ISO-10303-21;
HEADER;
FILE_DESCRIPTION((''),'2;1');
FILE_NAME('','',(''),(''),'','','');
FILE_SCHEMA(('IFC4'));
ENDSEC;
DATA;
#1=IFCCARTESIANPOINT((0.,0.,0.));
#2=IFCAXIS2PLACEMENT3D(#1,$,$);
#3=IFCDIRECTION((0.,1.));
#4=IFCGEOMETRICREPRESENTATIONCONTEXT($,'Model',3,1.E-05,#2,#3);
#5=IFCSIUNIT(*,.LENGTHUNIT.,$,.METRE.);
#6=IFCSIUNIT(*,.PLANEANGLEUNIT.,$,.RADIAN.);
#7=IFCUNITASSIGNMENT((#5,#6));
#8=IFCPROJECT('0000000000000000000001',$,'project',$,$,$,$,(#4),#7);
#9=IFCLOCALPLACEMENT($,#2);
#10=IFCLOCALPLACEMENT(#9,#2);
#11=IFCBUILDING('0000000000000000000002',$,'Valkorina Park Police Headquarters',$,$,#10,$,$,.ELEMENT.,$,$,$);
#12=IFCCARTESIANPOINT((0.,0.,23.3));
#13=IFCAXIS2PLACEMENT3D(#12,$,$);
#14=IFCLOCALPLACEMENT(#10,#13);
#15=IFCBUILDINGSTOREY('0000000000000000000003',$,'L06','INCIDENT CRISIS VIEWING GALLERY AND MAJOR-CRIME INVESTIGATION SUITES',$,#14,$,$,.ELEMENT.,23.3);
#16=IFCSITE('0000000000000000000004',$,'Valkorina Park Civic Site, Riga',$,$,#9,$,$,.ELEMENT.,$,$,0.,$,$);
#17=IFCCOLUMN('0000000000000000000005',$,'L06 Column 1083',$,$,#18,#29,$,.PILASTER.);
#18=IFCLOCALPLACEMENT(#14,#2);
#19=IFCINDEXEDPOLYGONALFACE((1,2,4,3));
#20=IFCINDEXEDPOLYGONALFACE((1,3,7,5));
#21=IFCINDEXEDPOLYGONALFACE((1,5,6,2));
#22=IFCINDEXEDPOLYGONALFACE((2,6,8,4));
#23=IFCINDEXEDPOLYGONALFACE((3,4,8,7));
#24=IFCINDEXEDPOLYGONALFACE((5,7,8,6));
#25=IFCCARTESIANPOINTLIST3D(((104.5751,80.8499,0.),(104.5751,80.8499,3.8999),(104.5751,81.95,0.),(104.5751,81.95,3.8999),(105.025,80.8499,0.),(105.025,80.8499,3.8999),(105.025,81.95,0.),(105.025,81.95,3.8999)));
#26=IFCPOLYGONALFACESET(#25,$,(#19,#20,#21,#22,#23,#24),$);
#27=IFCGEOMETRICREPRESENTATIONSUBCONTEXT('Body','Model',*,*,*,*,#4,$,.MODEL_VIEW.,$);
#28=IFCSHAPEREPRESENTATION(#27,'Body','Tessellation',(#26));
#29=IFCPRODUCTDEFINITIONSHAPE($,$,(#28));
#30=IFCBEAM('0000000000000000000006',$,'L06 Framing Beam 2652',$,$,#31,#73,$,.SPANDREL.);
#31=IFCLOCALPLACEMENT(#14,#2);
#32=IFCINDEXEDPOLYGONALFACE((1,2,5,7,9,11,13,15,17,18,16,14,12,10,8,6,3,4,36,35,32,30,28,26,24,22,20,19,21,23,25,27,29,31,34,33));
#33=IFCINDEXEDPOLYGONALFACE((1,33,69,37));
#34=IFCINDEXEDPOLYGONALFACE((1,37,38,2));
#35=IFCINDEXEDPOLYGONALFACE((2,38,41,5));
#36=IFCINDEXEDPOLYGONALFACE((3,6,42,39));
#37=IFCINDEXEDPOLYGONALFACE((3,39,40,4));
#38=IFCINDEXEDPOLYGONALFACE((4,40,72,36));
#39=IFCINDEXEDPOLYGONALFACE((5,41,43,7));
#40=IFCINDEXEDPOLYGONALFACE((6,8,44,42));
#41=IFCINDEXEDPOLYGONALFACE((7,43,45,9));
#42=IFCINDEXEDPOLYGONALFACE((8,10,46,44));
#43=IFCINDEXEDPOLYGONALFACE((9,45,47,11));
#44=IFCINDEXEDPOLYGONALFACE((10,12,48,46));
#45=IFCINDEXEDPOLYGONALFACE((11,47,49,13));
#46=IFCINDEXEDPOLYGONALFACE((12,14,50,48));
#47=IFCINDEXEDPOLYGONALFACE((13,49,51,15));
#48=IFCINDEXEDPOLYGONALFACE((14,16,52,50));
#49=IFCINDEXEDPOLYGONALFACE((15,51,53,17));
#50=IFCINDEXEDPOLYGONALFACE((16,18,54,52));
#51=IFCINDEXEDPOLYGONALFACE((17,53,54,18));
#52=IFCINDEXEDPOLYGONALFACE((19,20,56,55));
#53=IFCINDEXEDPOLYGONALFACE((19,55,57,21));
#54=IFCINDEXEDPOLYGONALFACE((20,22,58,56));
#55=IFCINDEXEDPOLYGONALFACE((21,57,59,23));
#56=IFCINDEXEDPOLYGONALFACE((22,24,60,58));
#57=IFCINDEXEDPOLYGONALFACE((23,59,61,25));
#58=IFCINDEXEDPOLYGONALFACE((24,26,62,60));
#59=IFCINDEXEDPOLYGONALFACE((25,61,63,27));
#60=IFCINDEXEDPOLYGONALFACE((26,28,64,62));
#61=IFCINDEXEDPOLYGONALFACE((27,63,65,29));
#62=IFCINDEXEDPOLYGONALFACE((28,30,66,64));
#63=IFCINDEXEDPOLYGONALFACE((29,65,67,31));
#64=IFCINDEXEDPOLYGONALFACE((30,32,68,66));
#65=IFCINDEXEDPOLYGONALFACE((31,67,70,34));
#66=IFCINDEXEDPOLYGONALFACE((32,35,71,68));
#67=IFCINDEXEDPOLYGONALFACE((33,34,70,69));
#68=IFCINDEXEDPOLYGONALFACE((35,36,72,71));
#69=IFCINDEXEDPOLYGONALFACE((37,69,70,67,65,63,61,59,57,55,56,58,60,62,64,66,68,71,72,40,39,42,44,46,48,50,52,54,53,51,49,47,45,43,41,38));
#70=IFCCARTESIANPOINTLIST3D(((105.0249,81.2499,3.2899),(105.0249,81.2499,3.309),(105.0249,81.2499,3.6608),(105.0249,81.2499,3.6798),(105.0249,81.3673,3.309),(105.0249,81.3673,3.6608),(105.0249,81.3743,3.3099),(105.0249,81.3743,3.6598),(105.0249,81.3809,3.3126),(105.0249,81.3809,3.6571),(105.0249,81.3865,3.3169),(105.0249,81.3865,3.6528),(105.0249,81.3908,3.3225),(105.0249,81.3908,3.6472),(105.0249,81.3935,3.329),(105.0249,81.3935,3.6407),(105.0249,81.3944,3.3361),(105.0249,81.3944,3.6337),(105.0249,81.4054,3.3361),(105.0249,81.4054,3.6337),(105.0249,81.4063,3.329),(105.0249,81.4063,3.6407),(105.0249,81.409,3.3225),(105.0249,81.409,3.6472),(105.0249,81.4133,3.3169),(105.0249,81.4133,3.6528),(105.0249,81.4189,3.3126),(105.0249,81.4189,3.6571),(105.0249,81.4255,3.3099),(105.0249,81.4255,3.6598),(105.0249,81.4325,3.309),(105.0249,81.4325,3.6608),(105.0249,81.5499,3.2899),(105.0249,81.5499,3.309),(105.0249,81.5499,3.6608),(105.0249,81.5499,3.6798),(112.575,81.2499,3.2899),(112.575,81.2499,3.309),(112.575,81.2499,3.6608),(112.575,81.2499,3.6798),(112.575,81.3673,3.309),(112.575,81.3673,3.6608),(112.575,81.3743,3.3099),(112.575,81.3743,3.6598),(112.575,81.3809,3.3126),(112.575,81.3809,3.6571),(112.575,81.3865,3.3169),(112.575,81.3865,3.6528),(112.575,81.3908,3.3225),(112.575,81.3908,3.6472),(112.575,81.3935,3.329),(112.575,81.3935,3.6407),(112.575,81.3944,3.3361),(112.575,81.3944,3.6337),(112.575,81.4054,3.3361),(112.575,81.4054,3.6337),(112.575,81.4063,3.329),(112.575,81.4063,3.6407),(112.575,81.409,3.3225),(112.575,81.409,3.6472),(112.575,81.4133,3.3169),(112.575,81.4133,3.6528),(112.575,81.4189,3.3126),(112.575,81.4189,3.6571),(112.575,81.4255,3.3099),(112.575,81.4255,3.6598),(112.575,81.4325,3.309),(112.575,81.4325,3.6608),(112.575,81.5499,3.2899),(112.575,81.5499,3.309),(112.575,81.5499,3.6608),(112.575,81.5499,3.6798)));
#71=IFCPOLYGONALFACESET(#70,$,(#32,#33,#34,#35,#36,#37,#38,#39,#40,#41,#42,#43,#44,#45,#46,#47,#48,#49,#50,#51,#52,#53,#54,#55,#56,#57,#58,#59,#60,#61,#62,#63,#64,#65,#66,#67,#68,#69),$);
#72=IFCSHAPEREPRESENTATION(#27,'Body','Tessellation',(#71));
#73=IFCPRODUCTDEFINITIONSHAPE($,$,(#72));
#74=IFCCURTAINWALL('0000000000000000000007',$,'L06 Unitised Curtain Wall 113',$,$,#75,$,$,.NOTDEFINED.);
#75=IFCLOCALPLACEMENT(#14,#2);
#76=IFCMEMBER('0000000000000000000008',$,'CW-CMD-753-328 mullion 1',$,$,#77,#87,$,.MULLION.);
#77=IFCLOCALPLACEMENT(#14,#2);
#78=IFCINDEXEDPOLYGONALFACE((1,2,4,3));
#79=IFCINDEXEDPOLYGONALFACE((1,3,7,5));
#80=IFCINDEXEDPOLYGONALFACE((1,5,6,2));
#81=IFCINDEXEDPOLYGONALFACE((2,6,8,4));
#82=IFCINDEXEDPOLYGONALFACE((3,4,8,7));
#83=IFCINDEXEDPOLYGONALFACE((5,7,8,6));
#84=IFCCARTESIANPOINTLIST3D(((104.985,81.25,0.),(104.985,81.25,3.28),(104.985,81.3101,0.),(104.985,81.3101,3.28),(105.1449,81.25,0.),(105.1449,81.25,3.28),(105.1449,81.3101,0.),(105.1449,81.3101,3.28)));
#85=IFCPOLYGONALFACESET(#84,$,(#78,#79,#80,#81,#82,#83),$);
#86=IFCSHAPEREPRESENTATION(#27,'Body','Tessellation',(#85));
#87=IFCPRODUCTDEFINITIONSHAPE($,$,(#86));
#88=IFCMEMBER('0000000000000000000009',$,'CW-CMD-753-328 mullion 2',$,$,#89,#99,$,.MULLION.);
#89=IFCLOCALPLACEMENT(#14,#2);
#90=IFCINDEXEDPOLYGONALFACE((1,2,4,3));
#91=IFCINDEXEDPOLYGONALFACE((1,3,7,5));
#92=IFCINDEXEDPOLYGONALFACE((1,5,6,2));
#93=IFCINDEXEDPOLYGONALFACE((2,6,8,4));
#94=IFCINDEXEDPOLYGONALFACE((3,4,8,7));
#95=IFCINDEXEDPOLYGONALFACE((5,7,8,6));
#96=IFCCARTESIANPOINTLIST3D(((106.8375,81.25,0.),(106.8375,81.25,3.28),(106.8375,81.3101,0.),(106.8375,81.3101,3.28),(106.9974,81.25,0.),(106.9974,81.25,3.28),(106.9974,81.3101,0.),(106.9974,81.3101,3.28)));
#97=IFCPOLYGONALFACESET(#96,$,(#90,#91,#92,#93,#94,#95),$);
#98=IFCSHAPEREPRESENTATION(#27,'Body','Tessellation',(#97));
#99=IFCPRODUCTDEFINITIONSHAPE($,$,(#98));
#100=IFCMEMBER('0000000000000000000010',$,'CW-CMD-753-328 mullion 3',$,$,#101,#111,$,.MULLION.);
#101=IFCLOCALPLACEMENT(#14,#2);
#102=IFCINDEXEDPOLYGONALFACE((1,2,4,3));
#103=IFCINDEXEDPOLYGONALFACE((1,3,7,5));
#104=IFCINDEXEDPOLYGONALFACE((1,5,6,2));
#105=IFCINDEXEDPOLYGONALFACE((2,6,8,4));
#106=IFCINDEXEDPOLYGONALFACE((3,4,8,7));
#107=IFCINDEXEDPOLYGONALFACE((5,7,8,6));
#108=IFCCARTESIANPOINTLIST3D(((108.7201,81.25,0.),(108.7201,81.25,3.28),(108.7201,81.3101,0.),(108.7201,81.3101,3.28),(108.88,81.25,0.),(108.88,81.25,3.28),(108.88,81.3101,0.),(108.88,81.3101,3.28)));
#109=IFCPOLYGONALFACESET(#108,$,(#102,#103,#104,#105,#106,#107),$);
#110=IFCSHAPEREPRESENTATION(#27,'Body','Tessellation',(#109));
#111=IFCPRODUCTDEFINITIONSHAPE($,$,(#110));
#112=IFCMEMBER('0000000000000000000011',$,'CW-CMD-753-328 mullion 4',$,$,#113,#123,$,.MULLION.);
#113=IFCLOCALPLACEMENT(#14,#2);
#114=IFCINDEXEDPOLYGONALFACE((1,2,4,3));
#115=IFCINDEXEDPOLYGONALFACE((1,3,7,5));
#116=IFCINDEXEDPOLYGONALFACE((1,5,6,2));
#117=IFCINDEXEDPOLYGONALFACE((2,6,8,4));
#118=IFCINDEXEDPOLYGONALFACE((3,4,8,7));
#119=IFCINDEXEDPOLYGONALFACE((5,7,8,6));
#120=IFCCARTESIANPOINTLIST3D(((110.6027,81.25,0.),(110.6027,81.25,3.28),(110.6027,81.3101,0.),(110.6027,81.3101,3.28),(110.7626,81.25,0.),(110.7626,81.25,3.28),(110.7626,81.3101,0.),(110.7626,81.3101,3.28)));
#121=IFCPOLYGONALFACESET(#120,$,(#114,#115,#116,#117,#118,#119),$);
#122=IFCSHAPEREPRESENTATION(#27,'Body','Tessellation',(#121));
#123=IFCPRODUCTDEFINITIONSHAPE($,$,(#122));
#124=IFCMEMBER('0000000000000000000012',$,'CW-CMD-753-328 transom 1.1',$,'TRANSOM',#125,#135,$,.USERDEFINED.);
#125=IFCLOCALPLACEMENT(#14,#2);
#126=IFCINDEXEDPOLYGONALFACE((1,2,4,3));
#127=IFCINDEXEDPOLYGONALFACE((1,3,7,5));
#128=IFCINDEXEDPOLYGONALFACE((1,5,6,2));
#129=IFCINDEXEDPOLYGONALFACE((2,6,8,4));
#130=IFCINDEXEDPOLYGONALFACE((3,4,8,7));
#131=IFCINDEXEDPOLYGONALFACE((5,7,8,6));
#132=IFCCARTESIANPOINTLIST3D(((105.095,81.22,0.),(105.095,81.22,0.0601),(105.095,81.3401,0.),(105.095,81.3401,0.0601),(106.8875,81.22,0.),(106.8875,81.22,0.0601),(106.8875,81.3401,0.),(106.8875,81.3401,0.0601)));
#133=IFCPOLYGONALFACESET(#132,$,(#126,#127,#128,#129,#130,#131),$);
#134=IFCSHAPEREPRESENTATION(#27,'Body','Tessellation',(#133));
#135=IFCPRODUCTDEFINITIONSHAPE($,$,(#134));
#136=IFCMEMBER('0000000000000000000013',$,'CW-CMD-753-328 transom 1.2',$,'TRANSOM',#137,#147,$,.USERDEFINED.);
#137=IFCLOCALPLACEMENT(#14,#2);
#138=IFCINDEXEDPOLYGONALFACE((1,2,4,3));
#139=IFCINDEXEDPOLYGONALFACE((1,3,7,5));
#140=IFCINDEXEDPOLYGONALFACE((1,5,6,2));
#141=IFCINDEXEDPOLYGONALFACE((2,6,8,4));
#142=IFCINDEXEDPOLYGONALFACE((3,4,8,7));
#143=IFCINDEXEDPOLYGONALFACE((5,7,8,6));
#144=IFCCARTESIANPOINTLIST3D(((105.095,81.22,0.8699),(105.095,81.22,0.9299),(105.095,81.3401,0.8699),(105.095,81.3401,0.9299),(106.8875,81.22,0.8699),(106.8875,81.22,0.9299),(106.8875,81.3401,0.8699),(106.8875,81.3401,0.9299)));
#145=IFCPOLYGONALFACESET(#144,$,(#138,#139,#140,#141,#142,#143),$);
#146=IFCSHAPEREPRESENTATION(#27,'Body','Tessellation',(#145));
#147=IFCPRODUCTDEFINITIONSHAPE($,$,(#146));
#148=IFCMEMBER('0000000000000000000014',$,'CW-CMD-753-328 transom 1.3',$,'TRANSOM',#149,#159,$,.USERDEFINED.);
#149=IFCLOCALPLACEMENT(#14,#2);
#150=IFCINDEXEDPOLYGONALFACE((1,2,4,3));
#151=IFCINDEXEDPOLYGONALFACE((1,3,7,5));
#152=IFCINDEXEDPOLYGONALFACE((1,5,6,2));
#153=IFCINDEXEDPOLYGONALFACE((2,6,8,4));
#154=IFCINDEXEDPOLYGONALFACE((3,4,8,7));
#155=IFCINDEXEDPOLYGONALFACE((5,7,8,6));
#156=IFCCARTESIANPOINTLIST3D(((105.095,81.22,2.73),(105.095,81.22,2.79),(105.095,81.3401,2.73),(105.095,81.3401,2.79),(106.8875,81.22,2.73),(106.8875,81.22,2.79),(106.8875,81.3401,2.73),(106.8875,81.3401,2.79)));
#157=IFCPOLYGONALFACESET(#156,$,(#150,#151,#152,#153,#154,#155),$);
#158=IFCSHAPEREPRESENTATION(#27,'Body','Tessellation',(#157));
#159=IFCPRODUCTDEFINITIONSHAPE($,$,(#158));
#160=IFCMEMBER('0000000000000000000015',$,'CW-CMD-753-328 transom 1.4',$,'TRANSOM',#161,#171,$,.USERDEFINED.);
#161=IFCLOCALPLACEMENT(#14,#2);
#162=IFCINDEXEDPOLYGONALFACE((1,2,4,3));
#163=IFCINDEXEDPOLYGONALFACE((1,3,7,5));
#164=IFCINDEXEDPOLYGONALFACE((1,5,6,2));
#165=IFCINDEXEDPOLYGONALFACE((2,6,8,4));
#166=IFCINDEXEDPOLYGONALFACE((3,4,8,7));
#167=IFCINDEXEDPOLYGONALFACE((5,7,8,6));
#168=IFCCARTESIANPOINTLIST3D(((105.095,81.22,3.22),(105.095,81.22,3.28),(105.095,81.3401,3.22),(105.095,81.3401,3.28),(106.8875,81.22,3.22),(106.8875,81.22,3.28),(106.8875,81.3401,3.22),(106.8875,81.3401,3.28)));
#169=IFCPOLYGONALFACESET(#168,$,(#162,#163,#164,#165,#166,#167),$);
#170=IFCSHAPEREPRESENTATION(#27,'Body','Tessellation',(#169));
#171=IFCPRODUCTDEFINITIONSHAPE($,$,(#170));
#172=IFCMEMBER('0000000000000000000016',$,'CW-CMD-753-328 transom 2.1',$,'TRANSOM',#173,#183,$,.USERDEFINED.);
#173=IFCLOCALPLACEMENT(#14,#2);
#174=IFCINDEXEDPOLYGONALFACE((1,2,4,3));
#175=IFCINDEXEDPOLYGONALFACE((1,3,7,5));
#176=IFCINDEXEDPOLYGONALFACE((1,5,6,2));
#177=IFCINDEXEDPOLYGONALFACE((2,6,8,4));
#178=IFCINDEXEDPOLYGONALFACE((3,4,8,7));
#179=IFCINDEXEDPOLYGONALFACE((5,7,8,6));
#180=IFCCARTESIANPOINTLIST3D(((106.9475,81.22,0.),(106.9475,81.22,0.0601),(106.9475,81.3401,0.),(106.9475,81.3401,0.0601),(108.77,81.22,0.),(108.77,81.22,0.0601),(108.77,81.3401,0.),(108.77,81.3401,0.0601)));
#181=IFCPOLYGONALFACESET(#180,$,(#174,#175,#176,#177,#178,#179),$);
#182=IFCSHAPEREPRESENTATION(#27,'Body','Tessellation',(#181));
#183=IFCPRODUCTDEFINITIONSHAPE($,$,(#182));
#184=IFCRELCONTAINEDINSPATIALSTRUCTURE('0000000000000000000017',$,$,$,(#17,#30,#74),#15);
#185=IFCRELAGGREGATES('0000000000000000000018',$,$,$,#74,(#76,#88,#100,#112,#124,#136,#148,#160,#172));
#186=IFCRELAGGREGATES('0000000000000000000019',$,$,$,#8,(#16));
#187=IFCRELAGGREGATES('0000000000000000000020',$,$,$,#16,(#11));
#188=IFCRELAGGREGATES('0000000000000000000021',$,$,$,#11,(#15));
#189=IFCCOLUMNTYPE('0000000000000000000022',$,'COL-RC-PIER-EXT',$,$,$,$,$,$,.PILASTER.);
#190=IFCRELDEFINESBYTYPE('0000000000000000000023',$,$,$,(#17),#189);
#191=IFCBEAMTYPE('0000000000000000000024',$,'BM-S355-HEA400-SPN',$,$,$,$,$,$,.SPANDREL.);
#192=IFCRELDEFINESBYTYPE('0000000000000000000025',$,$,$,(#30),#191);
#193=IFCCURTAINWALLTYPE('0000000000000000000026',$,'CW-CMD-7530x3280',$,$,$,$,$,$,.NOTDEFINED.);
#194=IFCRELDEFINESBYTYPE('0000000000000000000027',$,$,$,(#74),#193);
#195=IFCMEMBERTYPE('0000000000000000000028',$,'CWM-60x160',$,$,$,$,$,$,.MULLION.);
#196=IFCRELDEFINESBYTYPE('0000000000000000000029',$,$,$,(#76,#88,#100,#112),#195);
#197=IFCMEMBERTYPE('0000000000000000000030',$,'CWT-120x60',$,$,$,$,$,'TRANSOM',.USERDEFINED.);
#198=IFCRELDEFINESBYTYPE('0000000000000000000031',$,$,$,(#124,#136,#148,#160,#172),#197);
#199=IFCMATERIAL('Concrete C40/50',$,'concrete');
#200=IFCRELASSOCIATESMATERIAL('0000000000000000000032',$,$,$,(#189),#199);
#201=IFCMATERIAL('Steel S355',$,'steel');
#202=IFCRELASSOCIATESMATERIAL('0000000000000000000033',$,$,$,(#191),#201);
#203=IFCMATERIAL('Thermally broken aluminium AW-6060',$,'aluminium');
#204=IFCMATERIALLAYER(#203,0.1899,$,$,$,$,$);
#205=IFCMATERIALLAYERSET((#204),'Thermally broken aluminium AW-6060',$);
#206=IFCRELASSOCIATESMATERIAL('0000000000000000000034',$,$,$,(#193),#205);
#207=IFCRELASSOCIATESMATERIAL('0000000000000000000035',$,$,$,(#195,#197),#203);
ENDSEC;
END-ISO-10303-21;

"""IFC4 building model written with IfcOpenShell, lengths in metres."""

from ifc_helpers import new_model, si_unit, direction, frame, origin, origin_2d, place, context, subcontext, project, spatial, rectangle, i_section, extrude, material, layer, layer_set, material_profile, profile_set, type_object, element, aggregate, save


model = new_model("IFC4")

# Units and contexts
model_context = context("Model", 3, precision=1e-05, world=origin(), true_north=direction((0.0, 1.0)))
body_context = subcontext(model_context, "Body", "Model", "MODEL_VIEW")
ifc_project = project(units=[si_unit("LENGTHUNIT", "METRE"), si_unit("PLANEANGLEUNIT", "RADIAN")], contexts=[model_context])

# Site, building, storey
site_placement = place(None, origin())
site = spatial("IfcSite", under=ifc_project, at=site_placement, Name="Valkorina Park Civic Site, Riga", CompositionType="ELEMENT", RefElevation=0.0)
building_placement = place(site_placement, origin())
building = spatial("IfcBuilding", under=site, at=building_placement, Name="Valkorina Park Police Headquarters", CompositionType="ELEMENT")
storey_placement = place(building_placement, frame((0.0, 0.0, 23.3)))
storey = spatial("IfcBuildingStorey", under=building, at=storey_placement, Name="L06", Description="INCIDENT CRISIS VIEWING GALLERY AND MAJOR-CRIME INVESTIGATION SUITES", CompositionType="ELEMENT", Elevation=23.3)

# Column
ifc_material_1 = material(Name="Concrete C40/50", Category="concrete")
ifc_material_profile_1 = material_profile(ifc_material_1, rectangle(XDim=0.45, YDim=1.1001, at=origin_2d()), Name="RC PIER 450x1100")
ifc_profile_set_1 = profile_set([ifc_material_profile_1], Name="Concrete C40/50")
column_type = type_object("IfcColumnType", Name="COL-RC-PIER-EXT", PredefinedType="PILASTER", material=ifc_profile_set_1)
column_placement = place(storey_placement, frame((104.8, 81.3999, 0.0), z_axis=(0.0, 0.0, 1.0), x_axis=(1.0, 0.0, 0.0)))
element("IfcColumn", 1, at=column_placement, inside=storey, type_object=column_type, Name="L06 Column 1083", PredefinedType="PILASTER", context=body_context, shape_type="SweptSolid", body=[
    extrude(rectangle(XDim=0.45, YDim=1.1001, at=origin_2d()), origin(), (0.0, 0.0, 1.0), 3.8999),
])

# Beam
ifc_material_2 = material(Name="Steel S355", Category="steel")
ifc_material_profile_2 = material_profile(ifc_material_2, i_section(OverallWidth=0.3, OverallDepth=0.3899, WebThickness=0.011, FlangeThickness=0.019, FilletRadius=0.0271, at=origin_2d()), Name="HEA 400")
ifc_profile_set_2 = profile_set([ifc_material_profile_2], Name="Steel S355")
beam_type = type_object("IfcBeamType", Name="BM-S355-HEA400-SPN", PredefinedType="SPANDREL", material=ifc_profile_set_2)
beam_placement = place(storey_placement, frame((105.0249, 81.3999, 3.4849), z_axis=(1.0, 0.0, 0.0), x_axis=(0.0, 1.0, 0.0)))
element("IfcBeam", 2, at=beam_placement, inside=storey, type_object=beam_type, Name="L06 Framing Beam 2652", PredefinedType="SPANDREL", context=body_context, shape_type="SweptSolid", body=[
    extrude(i_section(OverallWidth=0.3, OverallDepth=0.3899, WebThickness=0.011, FlangeThickness=0.019, FilletRadius=0.0271, at=origin_2d()), origin(), (0.0, 0.0, 1.0), 7.55),
])

# Curtain wall, members
ifc_material_3 = material(Name="Thermally broken aluminium AW-6060", Category="aluminium")
ifc_layer_1 = layer(ifc_material_3, 0.1899)
ifc_layer_set_1 = layer_set([ifc_layer_1], Name="Thermally broken aluminium AW-6060")
curtain_wall_type = type_object("IfcCurtainWallType", Name="CW-CMD-7530x3280", PredefinedType="NOTDEFINED", material=ifc_layer_set_1)
curtain_wall_placement = place(storey_placement, origin())
curtain_wall = element("IfcCurtainWall", 3, at=curtain_wall_placement, inside=storey, type_object=curtain_wall_type, Name="L06 Unitised Curtain Wall 113", PredefinedType="NOTDEFINED")
ifc_material_profile_3 = material_profile(ifc_material_3, rectangle(XDim=0.0601, YDim=0.1599, at=origin_2d()), Name="CWM-01 60x160")
ifc_profile_set_3 = profile_set([ifc_material_profile_3], Name="Thermally broken aluminium AW-6060")
member_type_1 = type_object("IfcMemberType", Name="CWM-60x160", PredefinedType="MULLION", material=ifc_profile_set_3)
member_1_placement = place(storey_placement, frame((105.0649, 81.28, 0.0), z_axis=(0.0, 0.0, 1.0), x_axis=(0.0, 1.0, 0.0)))
member_1 = element("IfcMember", 4, at=member_1_placement, type_object=member_type_1, Name="CW-CMD-753-328 mullion 1", PredefinedType="MULLION", context=body_context, shape_type="SweptSolid", body=[
    extrude(rectangle(XDim=0.0601, YDim=0.1599, at=origin_2d()), origin(), (0.0, 0.0, 1.0), 3.28),
])
member_2_placement = place(storey_placement, frame((106.9175, 81.28, 0.0), z_axis=(0.0, 0.0, 1.0), x_axis=(0.0, 1.0, 0.0)))
member_2 = element("IfcMember", 5, at=member_2_placement, type_object=member_type_1, Name="CW-CMD-753-328 mullion 2", PredefinedType="MULLION", context=body_context, shape_type="SweptSolid", body=[
    extrude(rectangle(XDim=0.0601, YDim=0.1599, at=origin_2d()), origin(), (0.0, 0.0, 1.0), 3.28),
])
member_3_placement = place(storey_placement, frame((108.8, 81.28, 0.0), z_axis=(0.0, 0.0, 1.0), x_axis=(0.0, 1.0, 0.0)))
member_3 = element("IfcMember", 6, at=member_3_placement, type_object=member_type_1, Name="CW-CMD-753-328 mullion 3", PredefinedType="MULLION", context=body_context, shape_type="SweptSolid", body=[
    extrude(rectangle(XDim=0.0601, YDim=0.1599, at=origin_2d()), origin(), (0.0, 0.0, 1.0), 3.28),
])
member_4_placement = place(storey_placement, frame((110.6826, 81.28, 0.0), z_axis=(0.0, 0.0, 1.0), x_axis=(0.0, 1.0, 0.0)))
member_4 = element("IfcMember", 7, at=member_4_placement, type_object=member_type_1, Name="CW-CMD-753-328 mullion 4", PredefinedType="MULLION", context=body_context, shape_type="SweptSolid", body=[
    extrude(rectangle(XDim=0.0601, YDim=0.1599, at=origin_2d()), origin(), (0.0, 0.0, 1.0), 3.28),
])
ifc_material_profile_4 = material_profile(ifc_material_3, rectangle(XDim=0.1201, YDim=0.0601, at=origin_2d()), Name="CWT-01 120x60")
ifc_profile_set_4 = profile_set([ifc_material_profile_4], Name="Thermally broken aluminium AW-6060")
member_type_2 = type_object("IfcMemberType", Name="CWT-120x60", ElementType="TRANSOM", PredefinedType="USERDEFINED", material=ifc_profile_set_4)
member_5_placement = place(storey_placement, frame((105.095, 81.28, 0.03), z_axis=(1.0, 0.0, 0.0), x_axis=(0.0, 1.0, 0.0)))
member_5 = element("IfcMember", 8, at=member_5_placement, type_object=member_type_2, Name="CW-CMD-753-328 transom 1.1", ObjectType="TRANSOM", PredefinedType="USERDEFINED", context=body_context, shape_type="SweptSolid", body=[
    extrude(rectangle(XDim=0.1201, YDim=0.0601, at=origin_2d()), origin(), (0.0, 0.0, 1.0), 1.7925),
])
member_6_placement = place(storey_placement, frame((105.095, 81.28, 0.8999), z_axis=(1.0, 0.0, 0.0), x_axis=(0.0, 1.0, 0.0)))
member_6 = element("IfcMember", 9, at=member_6_placement, type_object=member_type_2, Name="CW-CMD-753-328 transom 1.2", ObjectType="TRANSOM", PredefinedType="USERDEFINED", context=body_context, shape_type="SweptSolid", body=[
    extrude(rectangle(XDim=0.1201, YDim=0.0601, at=origin_2d()), origin(), (0.0, 0.0, 1.0), 1.7925),
])
member_7_placement = place(storey_placement, frame((105.095, 81.28, 2.76), z_axis=(1.0, 0.0, 0.0), x_axis=(0.0, 1.0, 0.0)))
member_7 = element("IfcMember", 10, at=member_7_placement, type_object=member_type_2, Name="CW-CMD-753-328 transom 1.3", ObjectType="TRANSOM", PredefinedType="USERDEFINED", context=body_context, shape_type="SweptSolid", body=[
    extrude(rectangle(XDim=0.1201, YDim=0.0601, at=origin_2d()), origin(), (0.0, 0.0, 1.0), 1.7925),
])
member_8_placement = place(storey_placement, frame((105.095, 81.28, 3.25), z_axis=(1.0, 0.0, 0.0), x_axis=(0.0, 1.0, 0.0)))
member_8 = element("IfcMember", 11, at=member_8_placement, type_object=member_type_2, Name="CW-CMD-753-328 transom 1.4", ObjectType="TRANSOM", PredefinedType="USERDEFINED", context=body_context, shape_type="SweptSolid", body=[
    extrude(rectangle(XDim=0.1201, YDim=0.0601, at=origin_2d()), origin(), (0.0, 0.0, 1.0), 1.7925),
])
member_9_placement = place(storey_placement, frame((106.9475, 81.28, 0.03), z_axis=(1.0, 0.0, 0.0), x_axis=(0.0, 1.0, 0.0)))
member_9 = element("IfcMember", 12, at=member_9_placement, type_object=member_type_2, Name="CW-CMD-753-328 transom 2.1", ObjectType="TRANSOM", PredefinedType="USERDEFINED", context=body_context, shape_type="SweptSolid", body=[
    extrude(rectangle(XDim=0.1201, YDim=0.0601, at=origin_2d()), origin(), (0.0, 0.0, 1.0), 1.8225),
])
aggregate(curtain_wall, [member_1, member_2, member_3, member_4, member_5, member_6, member_7, member_8, member_9])

save(model, "model.ifc")
